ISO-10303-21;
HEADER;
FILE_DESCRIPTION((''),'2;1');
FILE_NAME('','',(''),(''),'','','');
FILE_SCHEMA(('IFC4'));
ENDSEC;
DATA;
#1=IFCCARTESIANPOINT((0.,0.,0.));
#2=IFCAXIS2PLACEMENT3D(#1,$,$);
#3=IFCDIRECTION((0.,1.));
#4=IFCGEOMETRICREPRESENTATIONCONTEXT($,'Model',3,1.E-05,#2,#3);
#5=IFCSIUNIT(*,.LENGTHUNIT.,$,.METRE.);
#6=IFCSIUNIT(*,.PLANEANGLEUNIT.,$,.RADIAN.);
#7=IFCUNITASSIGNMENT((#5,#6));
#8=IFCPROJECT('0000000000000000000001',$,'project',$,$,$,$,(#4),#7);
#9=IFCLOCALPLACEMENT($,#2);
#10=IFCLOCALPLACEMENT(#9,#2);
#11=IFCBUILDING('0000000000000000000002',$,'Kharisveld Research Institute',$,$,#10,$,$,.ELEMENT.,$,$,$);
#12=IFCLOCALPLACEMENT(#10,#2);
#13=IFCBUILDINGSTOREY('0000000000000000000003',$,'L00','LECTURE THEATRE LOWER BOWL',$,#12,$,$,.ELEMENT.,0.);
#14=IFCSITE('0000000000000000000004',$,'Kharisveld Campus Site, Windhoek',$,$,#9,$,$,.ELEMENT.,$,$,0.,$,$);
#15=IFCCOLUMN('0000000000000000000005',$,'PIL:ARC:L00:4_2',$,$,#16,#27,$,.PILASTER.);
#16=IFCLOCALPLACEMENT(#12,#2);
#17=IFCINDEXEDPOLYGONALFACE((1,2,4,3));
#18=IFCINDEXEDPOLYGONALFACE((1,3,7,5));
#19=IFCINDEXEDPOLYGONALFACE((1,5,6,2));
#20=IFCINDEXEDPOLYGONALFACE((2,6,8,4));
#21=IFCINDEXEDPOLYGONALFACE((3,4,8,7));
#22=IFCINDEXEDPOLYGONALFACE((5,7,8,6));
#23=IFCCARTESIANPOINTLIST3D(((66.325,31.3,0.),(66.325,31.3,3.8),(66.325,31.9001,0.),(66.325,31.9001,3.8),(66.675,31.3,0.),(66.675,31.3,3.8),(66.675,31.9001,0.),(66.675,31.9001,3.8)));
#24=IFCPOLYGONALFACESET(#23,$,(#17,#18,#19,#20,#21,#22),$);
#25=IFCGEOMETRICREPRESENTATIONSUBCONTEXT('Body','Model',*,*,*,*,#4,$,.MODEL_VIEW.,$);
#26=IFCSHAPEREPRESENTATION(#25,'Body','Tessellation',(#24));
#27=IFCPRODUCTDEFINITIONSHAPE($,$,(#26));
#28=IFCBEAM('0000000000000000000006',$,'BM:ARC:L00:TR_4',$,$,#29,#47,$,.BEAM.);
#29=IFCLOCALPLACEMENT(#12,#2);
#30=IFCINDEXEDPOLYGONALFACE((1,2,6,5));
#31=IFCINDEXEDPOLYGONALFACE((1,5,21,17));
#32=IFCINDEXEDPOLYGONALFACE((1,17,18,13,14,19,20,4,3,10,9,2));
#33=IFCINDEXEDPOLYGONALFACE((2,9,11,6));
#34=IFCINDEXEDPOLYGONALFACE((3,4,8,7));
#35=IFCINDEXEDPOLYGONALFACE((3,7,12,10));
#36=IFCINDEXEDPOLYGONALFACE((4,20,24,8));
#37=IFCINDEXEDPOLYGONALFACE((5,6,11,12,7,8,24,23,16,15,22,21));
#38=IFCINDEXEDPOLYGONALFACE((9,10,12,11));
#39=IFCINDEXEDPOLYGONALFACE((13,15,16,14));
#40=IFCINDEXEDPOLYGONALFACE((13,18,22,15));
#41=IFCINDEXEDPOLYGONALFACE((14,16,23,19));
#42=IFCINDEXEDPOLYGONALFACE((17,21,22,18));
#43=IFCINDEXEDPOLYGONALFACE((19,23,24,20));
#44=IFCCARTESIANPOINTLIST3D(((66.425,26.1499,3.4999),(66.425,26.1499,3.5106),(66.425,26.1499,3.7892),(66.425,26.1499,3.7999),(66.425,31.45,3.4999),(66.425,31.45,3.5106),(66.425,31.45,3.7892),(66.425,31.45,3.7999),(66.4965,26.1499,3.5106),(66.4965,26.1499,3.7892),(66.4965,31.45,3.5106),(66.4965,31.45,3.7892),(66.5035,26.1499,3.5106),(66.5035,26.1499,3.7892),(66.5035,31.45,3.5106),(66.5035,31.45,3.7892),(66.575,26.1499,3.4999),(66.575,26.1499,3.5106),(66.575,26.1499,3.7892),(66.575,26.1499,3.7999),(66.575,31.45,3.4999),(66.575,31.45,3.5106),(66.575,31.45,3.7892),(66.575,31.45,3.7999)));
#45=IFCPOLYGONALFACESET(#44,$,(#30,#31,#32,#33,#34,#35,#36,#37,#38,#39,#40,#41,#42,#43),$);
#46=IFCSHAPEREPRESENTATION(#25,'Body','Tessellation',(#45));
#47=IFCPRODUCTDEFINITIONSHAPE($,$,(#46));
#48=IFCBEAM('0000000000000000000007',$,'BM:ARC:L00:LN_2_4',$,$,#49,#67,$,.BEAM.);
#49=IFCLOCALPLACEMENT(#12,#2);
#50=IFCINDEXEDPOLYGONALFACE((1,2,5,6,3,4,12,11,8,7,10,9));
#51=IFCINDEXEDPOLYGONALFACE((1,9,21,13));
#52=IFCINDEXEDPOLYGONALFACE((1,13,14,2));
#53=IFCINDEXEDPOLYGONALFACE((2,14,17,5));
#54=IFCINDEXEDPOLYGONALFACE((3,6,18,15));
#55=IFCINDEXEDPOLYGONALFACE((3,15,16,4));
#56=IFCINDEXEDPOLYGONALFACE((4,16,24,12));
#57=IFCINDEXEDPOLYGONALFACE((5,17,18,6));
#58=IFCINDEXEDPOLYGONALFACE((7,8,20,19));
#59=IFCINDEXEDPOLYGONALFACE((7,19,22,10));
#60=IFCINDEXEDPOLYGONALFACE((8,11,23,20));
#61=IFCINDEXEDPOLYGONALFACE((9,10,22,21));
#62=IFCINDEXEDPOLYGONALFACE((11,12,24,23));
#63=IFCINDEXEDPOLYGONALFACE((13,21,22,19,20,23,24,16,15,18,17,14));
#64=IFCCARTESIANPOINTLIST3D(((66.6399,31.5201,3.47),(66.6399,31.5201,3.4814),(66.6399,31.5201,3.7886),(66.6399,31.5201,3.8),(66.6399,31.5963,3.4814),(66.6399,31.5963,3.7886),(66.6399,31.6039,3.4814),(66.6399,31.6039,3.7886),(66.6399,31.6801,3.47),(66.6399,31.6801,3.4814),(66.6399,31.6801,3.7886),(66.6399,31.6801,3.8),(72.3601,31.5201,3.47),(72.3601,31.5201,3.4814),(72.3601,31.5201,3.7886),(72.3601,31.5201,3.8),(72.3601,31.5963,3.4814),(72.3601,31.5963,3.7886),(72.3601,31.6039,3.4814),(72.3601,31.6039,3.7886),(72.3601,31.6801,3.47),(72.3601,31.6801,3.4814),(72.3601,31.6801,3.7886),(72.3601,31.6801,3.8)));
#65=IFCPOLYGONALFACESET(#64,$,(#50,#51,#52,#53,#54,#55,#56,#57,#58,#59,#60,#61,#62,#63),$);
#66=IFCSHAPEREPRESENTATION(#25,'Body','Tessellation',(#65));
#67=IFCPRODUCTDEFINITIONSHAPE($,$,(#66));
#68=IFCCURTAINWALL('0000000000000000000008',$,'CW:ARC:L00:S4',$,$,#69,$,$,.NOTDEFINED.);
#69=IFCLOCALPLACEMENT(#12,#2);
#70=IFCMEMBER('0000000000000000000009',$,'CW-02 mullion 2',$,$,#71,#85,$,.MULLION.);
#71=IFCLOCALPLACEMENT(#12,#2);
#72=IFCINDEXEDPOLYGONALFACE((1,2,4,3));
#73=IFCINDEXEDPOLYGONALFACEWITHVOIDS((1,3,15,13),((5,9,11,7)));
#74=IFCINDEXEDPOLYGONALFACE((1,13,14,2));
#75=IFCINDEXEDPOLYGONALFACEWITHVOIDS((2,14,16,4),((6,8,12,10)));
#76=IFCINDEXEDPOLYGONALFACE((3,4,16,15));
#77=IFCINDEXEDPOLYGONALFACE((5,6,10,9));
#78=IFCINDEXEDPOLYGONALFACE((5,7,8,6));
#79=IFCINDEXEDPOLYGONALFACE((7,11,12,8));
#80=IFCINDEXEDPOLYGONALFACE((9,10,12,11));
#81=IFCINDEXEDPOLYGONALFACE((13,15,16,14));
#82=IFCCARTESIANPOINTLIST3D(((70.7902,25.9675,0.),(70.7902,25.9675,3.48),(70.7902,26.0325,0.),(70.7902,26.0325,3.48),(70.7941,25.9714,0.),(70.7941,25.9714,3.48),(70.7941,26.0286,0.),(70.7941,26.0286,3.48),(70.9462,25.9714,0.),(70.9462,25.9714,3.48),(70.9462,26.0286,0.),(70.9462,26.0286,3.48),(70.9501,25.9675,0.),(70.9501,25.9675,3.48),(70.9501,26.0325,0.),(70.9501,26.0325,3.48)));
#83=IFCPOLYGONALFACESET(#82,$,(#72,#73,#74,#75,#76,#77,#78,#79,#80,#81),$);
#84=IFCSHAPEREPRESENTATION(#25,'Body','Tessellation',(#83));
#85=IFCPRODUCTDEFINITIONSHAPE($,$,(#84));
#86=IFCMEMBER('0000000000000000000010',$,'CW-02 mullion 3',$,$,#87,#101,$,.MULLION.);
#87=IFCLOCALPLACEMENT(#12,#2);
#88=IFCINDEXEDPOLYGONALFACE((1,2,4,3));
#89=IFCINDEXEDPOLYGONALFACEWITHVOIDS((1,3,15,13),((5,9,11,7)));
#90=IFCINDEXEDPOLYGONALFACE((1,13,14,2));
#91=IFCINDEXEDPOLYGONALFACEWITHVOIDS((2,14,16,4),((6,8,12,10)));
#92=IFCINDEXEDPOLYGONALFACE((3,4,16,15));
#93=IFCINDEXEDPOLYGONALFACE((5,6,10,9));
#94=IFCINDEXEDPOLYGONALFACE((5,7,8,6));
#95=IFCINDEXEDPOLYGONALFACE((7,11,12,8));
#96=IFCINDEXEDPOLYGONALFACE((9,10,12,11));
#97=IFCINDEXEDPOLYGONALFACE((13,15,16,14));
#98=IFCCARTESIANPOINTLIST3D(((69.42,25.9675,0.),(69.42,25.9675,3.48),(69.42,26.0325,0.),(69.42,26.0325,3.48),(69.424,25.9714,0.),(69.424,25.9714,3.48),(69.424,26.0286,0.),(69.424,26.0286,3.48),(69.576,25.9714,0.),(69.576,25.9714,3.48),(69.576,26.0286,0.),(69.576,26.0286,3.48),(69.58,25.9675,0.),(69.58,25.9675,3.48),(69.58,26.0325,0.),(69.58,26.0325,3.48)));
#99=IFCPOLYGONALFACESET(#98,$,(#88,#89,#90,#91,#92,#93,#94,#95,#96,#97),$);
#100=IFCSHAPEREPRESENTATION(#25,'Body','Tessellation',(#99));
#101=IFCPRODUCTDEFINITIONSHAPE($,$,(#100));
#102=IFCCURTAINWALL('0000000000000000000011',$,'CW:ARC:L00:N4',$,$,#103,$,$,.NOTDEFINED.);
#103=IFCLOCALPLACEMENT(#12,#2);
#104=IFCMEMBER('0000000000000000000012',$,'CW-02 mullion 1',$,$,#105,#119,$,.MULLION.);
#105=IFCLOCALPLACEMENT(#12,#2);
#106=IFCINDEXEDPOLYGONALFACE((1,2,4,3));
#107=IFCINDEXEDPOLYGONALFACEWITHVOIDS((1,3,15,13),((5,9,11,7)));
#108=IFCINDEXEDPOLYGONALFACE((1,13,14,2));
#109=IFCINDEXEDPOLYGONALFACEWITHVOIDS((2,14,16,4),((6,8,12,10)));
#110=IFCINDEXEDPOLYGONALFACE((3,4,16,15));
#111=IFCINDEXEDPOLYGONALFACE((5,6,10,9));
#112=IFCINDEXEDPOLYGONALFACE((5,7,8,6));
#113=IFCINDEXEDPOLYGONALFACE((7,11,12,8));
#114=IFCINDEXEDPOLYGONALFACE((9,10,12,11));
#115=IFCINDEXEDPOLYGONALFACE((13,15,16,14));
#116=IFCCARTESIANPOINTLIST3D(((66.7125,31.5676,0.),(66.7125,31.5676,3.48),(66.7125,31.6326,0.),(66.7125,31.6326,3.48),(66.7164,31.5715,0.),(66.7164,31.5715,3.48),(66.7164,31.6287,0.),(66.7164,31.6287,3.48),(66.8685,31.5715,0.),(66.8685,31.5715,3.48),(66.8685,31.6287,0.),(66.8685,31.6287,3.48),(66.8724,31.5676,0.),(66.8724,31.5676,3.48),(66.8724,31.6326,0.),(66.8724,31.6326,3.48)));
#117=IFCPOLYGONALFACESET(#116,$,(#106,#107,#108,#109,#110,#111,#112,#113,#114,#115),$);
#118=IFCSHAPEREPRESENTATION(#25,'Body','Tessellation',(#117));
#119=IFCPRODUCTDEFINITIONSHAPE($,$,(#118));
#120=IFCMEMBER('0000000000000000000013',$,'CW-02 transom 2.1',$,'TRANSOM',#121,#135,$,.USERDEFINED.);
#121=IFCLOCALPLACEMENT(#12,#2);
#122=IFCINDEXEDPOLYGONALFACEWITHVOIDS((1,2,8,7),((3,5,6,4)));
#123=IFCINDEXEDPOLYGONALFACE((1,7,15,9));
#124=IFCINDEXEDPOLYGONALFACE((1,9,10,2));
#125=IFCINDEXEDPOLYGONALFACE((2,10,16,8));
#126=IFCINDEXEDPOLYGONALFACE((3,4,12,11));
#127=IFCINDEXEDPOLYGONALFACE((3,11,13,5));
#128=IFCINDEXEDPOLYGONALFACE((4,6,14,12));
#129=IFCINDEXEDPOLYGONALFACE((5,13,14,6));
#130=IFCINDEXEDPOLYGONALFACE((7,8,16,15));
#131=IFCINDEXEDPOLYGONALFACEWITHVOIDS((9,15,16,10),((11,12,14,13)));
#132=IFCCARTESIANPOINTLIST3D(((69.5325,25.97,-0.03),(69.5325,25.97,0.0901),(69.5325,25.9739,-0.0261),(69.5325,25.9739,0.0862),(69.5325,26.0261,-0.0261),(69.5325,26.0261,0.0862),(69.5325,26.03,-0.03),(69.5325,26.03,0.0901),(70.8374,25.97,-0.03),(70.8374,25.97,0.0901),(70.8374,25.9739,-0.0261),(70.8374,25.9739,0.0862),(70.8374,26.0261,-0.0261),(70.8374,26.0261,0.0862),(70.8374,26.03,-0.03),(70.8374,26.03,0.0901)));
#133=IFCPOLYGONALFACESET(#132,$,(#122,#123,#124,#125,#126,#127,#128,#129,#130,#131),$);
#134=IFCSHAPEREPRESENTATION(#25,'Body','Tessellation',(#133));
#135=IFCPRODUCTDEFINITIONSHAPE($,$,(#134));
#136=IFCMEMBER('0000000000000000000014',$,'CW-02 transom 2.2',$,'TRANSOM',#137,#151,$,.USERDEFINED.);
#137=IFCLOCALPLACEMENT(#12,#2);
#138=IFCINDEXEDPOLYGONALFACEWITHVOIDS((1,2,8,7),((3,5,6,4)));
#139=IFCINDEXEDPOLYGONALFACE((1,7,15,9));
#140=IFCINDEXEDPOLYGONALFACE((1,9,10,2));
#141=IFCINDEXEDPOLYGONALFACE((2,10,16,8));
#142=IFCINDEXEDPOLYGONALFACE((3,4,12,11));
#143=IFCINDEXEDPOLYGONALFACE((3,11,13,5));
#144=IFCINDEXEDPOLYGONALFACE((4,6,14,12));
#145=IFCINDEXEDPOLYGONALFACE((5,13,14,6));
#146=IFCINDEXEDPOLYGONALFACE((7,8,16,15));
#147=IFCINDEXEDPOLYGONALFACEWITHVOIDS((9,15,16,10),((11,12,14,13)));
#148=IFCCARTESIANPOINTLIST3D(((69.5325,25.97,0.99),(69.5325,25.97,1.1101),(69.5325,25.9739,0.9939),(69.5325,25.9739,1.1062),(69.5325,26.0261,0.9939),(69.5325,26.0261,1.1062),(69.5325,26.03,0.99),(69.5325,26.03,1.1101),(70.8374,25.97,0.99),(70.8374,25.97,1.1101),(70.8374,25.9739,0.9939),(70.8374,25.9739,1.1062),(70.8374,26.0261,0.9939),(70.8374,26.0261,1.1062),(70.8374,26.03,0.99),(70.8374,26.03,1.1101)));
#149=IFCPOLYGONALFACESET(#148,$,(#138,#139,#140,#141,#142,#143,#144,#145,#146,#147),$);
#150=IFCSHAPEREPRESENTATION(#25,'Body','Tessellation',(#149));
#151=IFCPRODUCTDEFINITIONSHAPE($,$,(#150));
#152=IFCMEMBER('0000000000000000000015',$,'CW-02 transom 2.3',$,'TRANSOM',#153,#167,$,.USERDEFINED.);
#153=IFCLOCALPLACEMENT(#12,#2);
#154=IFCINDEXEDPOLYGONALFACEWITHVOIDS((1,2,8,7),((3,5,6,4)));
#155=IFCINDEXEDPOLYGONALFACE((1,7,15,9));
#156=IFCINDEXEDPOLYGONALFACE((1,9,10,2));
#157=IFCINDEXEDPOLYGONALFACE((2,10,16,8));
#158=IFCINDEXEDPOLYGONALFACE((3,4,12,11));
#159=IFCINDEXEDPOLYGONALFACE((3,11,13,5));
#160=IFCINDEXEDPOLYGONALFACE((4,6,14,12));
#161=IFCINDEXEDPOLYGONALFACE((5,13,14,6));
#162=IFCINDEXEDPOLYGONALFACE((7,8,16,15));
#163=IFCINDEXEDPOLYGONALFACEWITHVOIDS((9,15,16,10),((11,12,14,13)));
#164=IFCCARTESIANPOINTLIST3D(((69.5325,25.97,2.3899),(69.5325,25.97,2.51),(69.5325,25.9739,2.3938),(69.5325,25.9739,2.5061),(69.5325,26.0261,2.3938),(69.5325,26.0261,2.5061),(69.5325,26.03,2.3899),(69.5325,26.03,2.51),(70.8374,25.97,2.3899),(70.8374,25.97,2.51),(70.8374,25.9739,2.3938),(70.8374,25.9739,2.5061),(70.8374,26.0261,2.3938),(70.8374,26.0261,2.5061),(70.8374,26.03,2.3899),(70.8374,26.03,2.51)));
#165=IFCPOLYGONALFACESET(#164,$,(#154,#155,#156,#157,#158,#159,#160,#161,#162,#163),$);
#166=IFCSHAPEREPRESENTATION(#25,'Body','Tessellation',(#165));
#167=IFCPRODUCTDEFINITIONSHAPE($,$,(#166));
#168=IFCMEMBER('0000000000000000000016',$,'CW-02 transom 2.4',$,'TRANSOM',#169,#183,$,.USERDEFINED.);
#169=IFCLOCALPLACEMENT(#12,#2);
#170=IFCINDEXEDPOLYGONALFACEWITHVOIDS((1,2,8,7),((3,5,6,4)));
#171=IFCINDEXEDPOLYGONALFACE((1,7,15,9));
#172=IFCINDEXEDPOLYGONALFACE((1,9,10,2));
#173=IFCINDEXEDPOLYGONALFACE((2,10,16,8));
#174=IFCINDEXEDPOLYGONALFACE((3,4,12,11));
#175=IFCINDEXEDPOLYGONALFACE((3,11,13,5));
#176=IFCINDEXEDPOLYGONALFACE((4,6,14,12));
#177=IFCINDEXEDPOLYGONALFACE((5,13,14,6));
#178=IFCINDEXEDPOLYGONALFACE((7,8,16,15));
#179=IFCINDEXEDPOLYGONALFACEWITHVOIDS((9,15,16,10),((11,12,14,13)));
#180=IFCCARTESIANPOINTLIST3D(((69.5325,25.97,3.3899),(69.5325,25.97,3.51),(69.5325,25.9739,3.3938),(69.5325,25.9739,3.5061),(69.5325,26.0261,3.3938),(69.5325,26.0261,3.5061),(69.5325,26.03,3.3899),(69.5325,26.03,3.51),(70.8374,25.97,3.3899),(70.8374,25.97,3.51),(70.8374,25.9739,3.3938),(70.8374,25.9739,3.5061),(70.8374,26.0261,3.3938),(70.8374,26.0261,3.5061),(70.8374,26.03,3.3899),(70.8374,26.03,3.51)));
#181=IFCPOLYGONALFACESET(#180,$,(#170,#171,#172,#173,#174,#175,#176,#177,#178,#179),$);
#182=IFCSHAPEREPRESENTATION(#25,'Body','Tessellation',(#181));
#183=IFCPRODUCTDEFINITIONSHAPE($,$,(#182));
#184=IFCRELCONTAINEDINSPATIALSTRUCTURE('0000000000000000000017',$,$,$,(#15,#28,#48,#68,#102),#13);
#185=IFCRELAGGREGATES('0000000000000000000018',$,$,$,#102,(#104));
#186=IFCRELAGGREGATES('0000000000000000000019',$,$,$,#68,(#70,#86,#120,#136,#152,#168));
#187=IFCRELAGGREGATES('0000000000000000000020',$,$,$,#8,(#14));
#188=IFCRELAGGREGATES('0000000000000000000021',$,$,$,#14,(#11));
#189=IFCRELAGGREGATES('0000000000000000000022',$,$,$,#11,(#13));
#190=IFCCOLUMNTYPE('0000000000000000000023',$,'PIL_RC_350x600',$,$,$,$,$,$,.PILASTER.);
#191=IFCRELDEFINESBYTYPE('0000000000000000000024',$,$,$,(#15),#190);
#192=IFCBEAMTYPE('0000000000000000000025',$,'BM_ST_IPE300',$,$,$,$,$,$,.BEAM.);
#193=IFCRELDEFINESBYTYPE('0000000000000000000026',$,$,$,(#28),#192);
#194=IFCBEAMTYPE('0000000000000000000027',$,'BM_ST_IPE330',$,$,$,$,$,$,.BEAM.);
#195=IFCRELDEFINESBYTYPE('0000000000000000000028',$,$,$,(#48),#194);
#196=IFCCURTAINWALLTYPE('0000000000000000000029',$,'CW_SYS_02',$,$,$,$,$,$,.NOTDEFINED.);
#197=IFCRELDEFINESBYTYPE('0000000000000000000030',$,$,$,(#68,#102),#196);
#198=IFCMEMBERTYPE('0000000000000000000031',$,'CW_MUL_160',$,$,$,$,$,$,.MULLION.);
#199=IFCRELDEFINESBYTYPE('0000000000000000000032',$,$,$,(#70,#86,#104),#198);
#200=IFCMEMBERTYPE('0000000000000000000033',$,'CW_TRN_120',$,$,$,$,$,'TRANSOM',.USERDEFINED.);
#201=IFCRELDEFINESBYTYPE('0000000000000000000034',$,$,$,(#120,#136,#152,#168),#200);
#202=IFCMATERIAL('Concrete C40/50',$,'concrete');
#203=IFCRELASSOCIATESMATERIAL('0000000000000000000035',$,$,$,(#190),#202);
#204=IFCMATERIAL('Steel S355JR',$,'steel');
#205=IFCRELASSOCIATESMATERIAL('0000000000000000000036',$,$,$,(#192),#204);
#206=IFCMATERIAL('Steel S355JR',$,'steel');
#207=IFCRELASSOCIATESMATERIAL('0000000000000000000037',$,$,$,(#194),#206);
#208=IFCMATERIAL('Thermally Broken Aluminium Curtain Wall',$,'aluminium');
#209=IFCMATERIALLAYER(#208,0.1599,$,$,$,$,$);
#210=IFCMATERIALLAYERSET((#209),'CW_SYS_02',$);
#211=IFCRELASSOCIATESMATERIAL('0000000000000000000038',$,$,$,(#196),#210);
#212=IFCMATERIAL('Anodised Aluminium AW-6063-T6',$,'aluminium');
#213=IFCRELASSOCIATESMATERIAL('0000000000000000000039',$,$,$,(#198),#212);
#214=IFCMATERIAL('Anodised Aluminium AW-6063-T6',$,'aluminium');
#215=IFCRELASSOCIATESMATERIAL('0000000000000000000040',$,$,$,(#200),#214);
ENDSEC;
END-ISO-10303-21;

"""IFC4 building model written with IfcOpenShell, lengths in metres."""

from ifc_helpers import new_model, si_unit, direction, frame, origin, origin_2d, place, context, subcontext, project, spatial, rectangle, hollow_rectangle, i_section, extrude, material, layer, layer_set, material_profile, profile_set, type_object, element, aggregate, save


model = new_model("IFC4")

# Units and contexts
model_context = context("Model", 3, precision=1e-05, world=origin(), true_north=direction((0.0, 1.0)))
body_context = subcontext(model_context, "Body", "Model", "MODEL_VIEW")
ifc_project = project(units=[si_unit("LENGTHUNIT", "METRE"), si_unit("PLANEANGLEUNIT", "RADIAN")], contexts=[model_context])

# Site, building, storey
site_placement = place(None, origin())
site = spatial("IfcSite", under=ifc_project, at=site_placement, Name="Kharisveld Campus Site, Windhoek", CompositionType="ELEMENT", RefElevation=0.0)
building_placement = place(site_placement, origin())
building = spatial("IfcBuilding", under=site, at=building_placement, Name="Kharisveld Research Institute", CompositionType="ELEMENT")
storey_placement = place(building_placement, origin())
storey = spatial("IfcBuildingStorey", under=building, at=storey_placement, Name="L00", Description="LECTURE THEATRE LOWER BOWL", CompositionType="ELEMENT", Elevation=0.0)

# Column
ifc_material_1 = material(Name="Concrete C40/50", Category="concrete")
ifc_material_profile_1 = material_profile(ifc_material_1, rectangle(XDim=0.3501, YDim=0.6001, at=origin_2d()))
ifc_profile_set_1 = profile_set([ifc_material_profile_1], Name="Concrete C40/50")
column_type = type_object("IfcColumnType", Name="PIL_RC_350x600", PredefinedType="PILASTER", material=ifc_profile_set_1)
column_placement = place(storey_placement, frame((66.5, 31.6001, 0.0), z_axis=(0.0, 0.0, 1.0), x_axis=(1.0, 0.0, 0.0)))
element("IfcColumn", 1, at=column_placement, inside=storey, type_object=column_type, Name="PIL:ARC:L00:4_2", PredefinedType="PILASTER", context=body_context, shape_type="SweptSolid", body=[
    extrude(rectangle(XDim=0.3501, YDim=0.6001, at=origin_2d()), origin(), (0.0, 0.0, 1.0), 3.8),
])

# Beams
ifc_material_2 = material(Name="Steel S355JR", Category="steel")
ifc_material_profile_2 = material_profile(ifc_material_2, i_section(OverallWidth=0.1499, OverallDepth=0.3, WebThickness=0.0071, FlangeThickness=0.0107, at=origin_2d()))
ifc_profile_set_2 = profile_set([ifc_material_profile_2], Name="Steel S355JR")
beam_type_1 = type_object("IfcBeamType", Name="BM_ST_IPE300", PredefinedType="BEAM", material=ifc_profile_set_2)
beam_1_placement = place(storey_placement, frame((66.5, 26.1499, 3.6499), z_axis=(0.0, 1.0, 0.0), x_axis=(-1.0, 0.0, 0.0)))
element("IfcBeam", 2, at=beam_1_placement, inside=storey, type_object=beam_type_1, Name="BM:ARC:L00:TR_4", PredefinedType="BEAM", context=body_context, shape_type="SweptSolid", body=[
    extrude(i_section(OverallWidth=0.1499, OverallDepth=0.3, WebThickness=0.0071, FlangeThickness=0.0107, at=origin_2d()), origin(), (0.0, 0.0, 1.0), 5.3),
])
ifc_material_3 = material(Name="Steel S355JR", Category="steel")
ifc_material_profile_3 = material_profile(ifc_material_3, i_section(OverallWidth=0.1599, OverallDepth=0.3301, WebThickness=0.0076, FlangeThickness=0.0115, at=origin_2d()))
ifc_profile_set_3 = profile_set([ifc_material_profile_3], Name="Steel S355JR")
beam_type_2 = type_object("IfcBeamType", Name="BM_ST_IPE330", PredefinedType="BEAM", material=ifc_profile_set_3)
beam_2_placement = place(storey_placement, frame((66.6399, 31.6001, 3.635), z_axis=(1.0, 0.0, 0.0), x_axis=(0.0, 1.0, 0.0)))
element("IfcBeam", 3, at=beam_2_placement, inside=storey, type_object=beam_type_2, Name="BM:ARC:L00:LN_2_4", PredefinedType="BEAM", context=body_context, shape_type="SweptSolid", body=[
    extrude(i_section(OverallWidth=0.1599, OverallDepth=0.3301, WebThickness=0.0076, FlangeThickness=0.0115, at=origin_2d()), origin(), (0.0, 0.0, 1.0), 5.7202),
])

# Curtain wall, members
ifc_material_4 = material(Name="Thermally Broken Aluminium Curtain Wall", Category="aluminium")
ifc_layer_1 = layer(ifc_material_4, 0.1599)
ifc_layer_set_1 = layer_set([ifc_layer_1], Name="CW_SYS_02")
curtain_wall_type = type_object("IfcCurtainWallType", Name="CW_SYS_02", PredefinedType="NOTDEFINED", material=ifc_layer_set_1)
curtain_wall_1_placement = place(storey_placement, origin())
curtain_wall_1 = element("IfcCurtainWall", 4, at=curtain_wall_1_placement, inside=storey, type_object=curtain_wall_type, Name="CW:ARC:L00:S4", PredefinedType="NOTDEFINED")
ifc_material_5 = material(Name="Anodised Aluminium AW-6063-T6", Category="aluminium")
ifc_material_profile_4 = material_profile(ifc_material_5, hollow_rectangle(XDim=0.0649, YDim=0.1599, WallThickness=0.0039, at=origin_2d()))
ifc_profile_set_4 = profile_set([ifc_material_profile_4], Name="Anodised Aluminium AW-6063-T6")
member_type_1 = type_object("IfcMemberType", Name="CW_MUL_160", PredefinedType="MULLION", material=ifc_profile_set_4)
member_1_placement = place(storey_placement, frame((70.8701, 26.0, 0.0), z_axis=(0.0, 0.0, 1.0), x_axis=(0.0, -1.0, 0.0)))
member_1 = element("IfcMember", 5, at=member_1_placement, type_object=member_type_1, Name="CW-02 mullion 2", PredefinedType="MULLION", context=body_context, shape_type="SweptSolid", body=[
    extrude(hollow_rectangle(XDim=0.0649, YDim=0.1599, WallThickness=0.0039, at=origin_2d()), origin(), (0.0, 0.0, 1.0), 3.48),
])
member_2_placement = place(storey_placement, frame((69.5, 26.0, 0.0), z_axis=(0.0, 0.0, 1.0), x_axis=(0.0, -1.0, 0.0)))
member_2 = element("IfcMember", 6, at=member_2_placement, type_object=member_type_1, Name="CW-02 mullion 3", PredefinedType="MULLION", context=body_context, shape_type="SweptSolid", body=[
    extrude(hollow_rectangle(XDim=0.0649, YDim=0.1599, WallThickness=0.0039, at=origin_2d()), origin(), (0.0, 0.0, 1.0), 3.48),
])

# Curtain wall, member
curtain_wall_2_placement = place(storey_placement, origin())
curtain_wall_2 = element("IfcCurtainWall", 7, at=curtain_wall_2_placement, inside=storey, type_object=curtain_wall_type, Name="CW:ARC:L00:N4", PredefinedType="NOTDEFINED")
member_3_placement = place(storey_placement, frame((66.7925, 31.6001, 0.0), z_axis=(0.0, 0.0, 1.0), x_axis=(0.0, 1.0, 0.0)))
member_3 = element("IfcMember", 8, at=member_3_placement, type_object=member_type_1, Name="CW-02 mullion 1", PredefinedType="MULLION", context=body_context, shape_type="SweptSolid", body=[
    extrude(hollow_rectangle(XDim=0.0649, YDim=0.1599, WallThickness=0.0039, at=origin_2d()), origin(), (0.0, 0.0, 1.0), 3.48),
])

# Members
ifc_material_6 = material(Name="Anodised Aluminium AW-6063-T6", Category="aluminium")
ifc_material_profile_5 = material_profile(ifc_material_6, hollow_rectangle(XDim=0.0601, YDim=0.1201, WallThickness=0.0039, at=origin_2d()))
ifc_profile_set_5 = profile_set([ifc_material_profile_5], Name="Anodised Aluminium AW-6063-T6")
member_type_2 = type_object("IfcMemberType", Name="CW_TRN_120", ElementType="TRANSOM", PredefinedType="USERDEFINED", material=ifc_profile_set_5)
member_4_placement = place(storey_placement, frame((70.8374, 26.0, 0.03), z_axis=(-1.0, 0.0, 0.0), x_axis=(0.0, -1.0, 0.0)))
member_4 = element("IfcMember", 9, at=member_4_placement, type_object=member_type_2, Name="CW-02 transom 2.1", ObjectType="TRANSOM", PredefinedType="USERDEFINED", context=body_context, shape_type="SweptSolid", body=[
    extrude(hollow_rectangle(XDim=0.0601, YDim=0.1201, WallThickness=0.0039, at=origin_2d()), origin(), (0.0, 0.0, 1.0), 1.3049),
])
member_5_placement = place(storey_placement, frame((70.8374, 26.0, 1.05), z_axis=(-1.0, 0.0, 0.0), x_axis=(0.0, -1.0, 0.0)))
member_5 = element("IfcMember", 10, at=member_5_placement, type_object=member_type_2, Name="CW-02 transom 2.2", ObjectType="TRANSOM", PredefinedType="USERDEFINED", context=body_context, shape_type="SweptSolid", body=[
    extrude(hollow_rectangle(XDim=0.0601, YDim=0.1201, WallThickness=0.0039, at=origin_2d()), origin(), (0.0, 0.0, 1.0), 1.3049),
])
member_6_placement = place(storey_placement, frame((70.8374, 26.0, 2.45), z_axis=(-1.0, 0.0, 0.0), x_axis=(0.0, -1.0, 0.0)))
member_6 = element("IfcMember", 11, at=member_6_placement, type_object=member_type_2, Name="CW-02 transom 2.3", ObjectType="TRANSOM", PredefinedType="USERDEFINED", context=body_context, shape_type="SweptSolid", body=[
    extrude(hollow_rectangle(XDim=0.0601, YDim=0.1201, WallThickness=0.0039, at=origin_2d()), origin(), (0.0, 0.0, 1.0), 1.3049),
])
member_7_placement = place(storey_placement, frame((70.8374, 26.0, 3.45), z_axis=(-1.0, 0.0, 0.0), x_axis=(0.0, -1.0, 0.0)))
member_7 = element("IfcMember", 12, at=member_7_placement, type_object=member_type_2, Name="CW-02 transom 2.4", ObjectType="TRANSOM", PredefinedType="USERDEFINED", context=body_context, shape_type="SweptSolid", body=[
    extrude(hollow_rectangle(XDim=0.0601, YDim=0.1201, WallThickness=0.0039, at=origin_2d()), origin(), (0.0, 0.0, 1.0), 1.3049),
])
aggregate(curtain_wall_2, [member_3])

aggregate(curtain_wall_1, [member_1, member_2, member_4, member_5, member_6, member_7])

save(model, "model.ifc")
